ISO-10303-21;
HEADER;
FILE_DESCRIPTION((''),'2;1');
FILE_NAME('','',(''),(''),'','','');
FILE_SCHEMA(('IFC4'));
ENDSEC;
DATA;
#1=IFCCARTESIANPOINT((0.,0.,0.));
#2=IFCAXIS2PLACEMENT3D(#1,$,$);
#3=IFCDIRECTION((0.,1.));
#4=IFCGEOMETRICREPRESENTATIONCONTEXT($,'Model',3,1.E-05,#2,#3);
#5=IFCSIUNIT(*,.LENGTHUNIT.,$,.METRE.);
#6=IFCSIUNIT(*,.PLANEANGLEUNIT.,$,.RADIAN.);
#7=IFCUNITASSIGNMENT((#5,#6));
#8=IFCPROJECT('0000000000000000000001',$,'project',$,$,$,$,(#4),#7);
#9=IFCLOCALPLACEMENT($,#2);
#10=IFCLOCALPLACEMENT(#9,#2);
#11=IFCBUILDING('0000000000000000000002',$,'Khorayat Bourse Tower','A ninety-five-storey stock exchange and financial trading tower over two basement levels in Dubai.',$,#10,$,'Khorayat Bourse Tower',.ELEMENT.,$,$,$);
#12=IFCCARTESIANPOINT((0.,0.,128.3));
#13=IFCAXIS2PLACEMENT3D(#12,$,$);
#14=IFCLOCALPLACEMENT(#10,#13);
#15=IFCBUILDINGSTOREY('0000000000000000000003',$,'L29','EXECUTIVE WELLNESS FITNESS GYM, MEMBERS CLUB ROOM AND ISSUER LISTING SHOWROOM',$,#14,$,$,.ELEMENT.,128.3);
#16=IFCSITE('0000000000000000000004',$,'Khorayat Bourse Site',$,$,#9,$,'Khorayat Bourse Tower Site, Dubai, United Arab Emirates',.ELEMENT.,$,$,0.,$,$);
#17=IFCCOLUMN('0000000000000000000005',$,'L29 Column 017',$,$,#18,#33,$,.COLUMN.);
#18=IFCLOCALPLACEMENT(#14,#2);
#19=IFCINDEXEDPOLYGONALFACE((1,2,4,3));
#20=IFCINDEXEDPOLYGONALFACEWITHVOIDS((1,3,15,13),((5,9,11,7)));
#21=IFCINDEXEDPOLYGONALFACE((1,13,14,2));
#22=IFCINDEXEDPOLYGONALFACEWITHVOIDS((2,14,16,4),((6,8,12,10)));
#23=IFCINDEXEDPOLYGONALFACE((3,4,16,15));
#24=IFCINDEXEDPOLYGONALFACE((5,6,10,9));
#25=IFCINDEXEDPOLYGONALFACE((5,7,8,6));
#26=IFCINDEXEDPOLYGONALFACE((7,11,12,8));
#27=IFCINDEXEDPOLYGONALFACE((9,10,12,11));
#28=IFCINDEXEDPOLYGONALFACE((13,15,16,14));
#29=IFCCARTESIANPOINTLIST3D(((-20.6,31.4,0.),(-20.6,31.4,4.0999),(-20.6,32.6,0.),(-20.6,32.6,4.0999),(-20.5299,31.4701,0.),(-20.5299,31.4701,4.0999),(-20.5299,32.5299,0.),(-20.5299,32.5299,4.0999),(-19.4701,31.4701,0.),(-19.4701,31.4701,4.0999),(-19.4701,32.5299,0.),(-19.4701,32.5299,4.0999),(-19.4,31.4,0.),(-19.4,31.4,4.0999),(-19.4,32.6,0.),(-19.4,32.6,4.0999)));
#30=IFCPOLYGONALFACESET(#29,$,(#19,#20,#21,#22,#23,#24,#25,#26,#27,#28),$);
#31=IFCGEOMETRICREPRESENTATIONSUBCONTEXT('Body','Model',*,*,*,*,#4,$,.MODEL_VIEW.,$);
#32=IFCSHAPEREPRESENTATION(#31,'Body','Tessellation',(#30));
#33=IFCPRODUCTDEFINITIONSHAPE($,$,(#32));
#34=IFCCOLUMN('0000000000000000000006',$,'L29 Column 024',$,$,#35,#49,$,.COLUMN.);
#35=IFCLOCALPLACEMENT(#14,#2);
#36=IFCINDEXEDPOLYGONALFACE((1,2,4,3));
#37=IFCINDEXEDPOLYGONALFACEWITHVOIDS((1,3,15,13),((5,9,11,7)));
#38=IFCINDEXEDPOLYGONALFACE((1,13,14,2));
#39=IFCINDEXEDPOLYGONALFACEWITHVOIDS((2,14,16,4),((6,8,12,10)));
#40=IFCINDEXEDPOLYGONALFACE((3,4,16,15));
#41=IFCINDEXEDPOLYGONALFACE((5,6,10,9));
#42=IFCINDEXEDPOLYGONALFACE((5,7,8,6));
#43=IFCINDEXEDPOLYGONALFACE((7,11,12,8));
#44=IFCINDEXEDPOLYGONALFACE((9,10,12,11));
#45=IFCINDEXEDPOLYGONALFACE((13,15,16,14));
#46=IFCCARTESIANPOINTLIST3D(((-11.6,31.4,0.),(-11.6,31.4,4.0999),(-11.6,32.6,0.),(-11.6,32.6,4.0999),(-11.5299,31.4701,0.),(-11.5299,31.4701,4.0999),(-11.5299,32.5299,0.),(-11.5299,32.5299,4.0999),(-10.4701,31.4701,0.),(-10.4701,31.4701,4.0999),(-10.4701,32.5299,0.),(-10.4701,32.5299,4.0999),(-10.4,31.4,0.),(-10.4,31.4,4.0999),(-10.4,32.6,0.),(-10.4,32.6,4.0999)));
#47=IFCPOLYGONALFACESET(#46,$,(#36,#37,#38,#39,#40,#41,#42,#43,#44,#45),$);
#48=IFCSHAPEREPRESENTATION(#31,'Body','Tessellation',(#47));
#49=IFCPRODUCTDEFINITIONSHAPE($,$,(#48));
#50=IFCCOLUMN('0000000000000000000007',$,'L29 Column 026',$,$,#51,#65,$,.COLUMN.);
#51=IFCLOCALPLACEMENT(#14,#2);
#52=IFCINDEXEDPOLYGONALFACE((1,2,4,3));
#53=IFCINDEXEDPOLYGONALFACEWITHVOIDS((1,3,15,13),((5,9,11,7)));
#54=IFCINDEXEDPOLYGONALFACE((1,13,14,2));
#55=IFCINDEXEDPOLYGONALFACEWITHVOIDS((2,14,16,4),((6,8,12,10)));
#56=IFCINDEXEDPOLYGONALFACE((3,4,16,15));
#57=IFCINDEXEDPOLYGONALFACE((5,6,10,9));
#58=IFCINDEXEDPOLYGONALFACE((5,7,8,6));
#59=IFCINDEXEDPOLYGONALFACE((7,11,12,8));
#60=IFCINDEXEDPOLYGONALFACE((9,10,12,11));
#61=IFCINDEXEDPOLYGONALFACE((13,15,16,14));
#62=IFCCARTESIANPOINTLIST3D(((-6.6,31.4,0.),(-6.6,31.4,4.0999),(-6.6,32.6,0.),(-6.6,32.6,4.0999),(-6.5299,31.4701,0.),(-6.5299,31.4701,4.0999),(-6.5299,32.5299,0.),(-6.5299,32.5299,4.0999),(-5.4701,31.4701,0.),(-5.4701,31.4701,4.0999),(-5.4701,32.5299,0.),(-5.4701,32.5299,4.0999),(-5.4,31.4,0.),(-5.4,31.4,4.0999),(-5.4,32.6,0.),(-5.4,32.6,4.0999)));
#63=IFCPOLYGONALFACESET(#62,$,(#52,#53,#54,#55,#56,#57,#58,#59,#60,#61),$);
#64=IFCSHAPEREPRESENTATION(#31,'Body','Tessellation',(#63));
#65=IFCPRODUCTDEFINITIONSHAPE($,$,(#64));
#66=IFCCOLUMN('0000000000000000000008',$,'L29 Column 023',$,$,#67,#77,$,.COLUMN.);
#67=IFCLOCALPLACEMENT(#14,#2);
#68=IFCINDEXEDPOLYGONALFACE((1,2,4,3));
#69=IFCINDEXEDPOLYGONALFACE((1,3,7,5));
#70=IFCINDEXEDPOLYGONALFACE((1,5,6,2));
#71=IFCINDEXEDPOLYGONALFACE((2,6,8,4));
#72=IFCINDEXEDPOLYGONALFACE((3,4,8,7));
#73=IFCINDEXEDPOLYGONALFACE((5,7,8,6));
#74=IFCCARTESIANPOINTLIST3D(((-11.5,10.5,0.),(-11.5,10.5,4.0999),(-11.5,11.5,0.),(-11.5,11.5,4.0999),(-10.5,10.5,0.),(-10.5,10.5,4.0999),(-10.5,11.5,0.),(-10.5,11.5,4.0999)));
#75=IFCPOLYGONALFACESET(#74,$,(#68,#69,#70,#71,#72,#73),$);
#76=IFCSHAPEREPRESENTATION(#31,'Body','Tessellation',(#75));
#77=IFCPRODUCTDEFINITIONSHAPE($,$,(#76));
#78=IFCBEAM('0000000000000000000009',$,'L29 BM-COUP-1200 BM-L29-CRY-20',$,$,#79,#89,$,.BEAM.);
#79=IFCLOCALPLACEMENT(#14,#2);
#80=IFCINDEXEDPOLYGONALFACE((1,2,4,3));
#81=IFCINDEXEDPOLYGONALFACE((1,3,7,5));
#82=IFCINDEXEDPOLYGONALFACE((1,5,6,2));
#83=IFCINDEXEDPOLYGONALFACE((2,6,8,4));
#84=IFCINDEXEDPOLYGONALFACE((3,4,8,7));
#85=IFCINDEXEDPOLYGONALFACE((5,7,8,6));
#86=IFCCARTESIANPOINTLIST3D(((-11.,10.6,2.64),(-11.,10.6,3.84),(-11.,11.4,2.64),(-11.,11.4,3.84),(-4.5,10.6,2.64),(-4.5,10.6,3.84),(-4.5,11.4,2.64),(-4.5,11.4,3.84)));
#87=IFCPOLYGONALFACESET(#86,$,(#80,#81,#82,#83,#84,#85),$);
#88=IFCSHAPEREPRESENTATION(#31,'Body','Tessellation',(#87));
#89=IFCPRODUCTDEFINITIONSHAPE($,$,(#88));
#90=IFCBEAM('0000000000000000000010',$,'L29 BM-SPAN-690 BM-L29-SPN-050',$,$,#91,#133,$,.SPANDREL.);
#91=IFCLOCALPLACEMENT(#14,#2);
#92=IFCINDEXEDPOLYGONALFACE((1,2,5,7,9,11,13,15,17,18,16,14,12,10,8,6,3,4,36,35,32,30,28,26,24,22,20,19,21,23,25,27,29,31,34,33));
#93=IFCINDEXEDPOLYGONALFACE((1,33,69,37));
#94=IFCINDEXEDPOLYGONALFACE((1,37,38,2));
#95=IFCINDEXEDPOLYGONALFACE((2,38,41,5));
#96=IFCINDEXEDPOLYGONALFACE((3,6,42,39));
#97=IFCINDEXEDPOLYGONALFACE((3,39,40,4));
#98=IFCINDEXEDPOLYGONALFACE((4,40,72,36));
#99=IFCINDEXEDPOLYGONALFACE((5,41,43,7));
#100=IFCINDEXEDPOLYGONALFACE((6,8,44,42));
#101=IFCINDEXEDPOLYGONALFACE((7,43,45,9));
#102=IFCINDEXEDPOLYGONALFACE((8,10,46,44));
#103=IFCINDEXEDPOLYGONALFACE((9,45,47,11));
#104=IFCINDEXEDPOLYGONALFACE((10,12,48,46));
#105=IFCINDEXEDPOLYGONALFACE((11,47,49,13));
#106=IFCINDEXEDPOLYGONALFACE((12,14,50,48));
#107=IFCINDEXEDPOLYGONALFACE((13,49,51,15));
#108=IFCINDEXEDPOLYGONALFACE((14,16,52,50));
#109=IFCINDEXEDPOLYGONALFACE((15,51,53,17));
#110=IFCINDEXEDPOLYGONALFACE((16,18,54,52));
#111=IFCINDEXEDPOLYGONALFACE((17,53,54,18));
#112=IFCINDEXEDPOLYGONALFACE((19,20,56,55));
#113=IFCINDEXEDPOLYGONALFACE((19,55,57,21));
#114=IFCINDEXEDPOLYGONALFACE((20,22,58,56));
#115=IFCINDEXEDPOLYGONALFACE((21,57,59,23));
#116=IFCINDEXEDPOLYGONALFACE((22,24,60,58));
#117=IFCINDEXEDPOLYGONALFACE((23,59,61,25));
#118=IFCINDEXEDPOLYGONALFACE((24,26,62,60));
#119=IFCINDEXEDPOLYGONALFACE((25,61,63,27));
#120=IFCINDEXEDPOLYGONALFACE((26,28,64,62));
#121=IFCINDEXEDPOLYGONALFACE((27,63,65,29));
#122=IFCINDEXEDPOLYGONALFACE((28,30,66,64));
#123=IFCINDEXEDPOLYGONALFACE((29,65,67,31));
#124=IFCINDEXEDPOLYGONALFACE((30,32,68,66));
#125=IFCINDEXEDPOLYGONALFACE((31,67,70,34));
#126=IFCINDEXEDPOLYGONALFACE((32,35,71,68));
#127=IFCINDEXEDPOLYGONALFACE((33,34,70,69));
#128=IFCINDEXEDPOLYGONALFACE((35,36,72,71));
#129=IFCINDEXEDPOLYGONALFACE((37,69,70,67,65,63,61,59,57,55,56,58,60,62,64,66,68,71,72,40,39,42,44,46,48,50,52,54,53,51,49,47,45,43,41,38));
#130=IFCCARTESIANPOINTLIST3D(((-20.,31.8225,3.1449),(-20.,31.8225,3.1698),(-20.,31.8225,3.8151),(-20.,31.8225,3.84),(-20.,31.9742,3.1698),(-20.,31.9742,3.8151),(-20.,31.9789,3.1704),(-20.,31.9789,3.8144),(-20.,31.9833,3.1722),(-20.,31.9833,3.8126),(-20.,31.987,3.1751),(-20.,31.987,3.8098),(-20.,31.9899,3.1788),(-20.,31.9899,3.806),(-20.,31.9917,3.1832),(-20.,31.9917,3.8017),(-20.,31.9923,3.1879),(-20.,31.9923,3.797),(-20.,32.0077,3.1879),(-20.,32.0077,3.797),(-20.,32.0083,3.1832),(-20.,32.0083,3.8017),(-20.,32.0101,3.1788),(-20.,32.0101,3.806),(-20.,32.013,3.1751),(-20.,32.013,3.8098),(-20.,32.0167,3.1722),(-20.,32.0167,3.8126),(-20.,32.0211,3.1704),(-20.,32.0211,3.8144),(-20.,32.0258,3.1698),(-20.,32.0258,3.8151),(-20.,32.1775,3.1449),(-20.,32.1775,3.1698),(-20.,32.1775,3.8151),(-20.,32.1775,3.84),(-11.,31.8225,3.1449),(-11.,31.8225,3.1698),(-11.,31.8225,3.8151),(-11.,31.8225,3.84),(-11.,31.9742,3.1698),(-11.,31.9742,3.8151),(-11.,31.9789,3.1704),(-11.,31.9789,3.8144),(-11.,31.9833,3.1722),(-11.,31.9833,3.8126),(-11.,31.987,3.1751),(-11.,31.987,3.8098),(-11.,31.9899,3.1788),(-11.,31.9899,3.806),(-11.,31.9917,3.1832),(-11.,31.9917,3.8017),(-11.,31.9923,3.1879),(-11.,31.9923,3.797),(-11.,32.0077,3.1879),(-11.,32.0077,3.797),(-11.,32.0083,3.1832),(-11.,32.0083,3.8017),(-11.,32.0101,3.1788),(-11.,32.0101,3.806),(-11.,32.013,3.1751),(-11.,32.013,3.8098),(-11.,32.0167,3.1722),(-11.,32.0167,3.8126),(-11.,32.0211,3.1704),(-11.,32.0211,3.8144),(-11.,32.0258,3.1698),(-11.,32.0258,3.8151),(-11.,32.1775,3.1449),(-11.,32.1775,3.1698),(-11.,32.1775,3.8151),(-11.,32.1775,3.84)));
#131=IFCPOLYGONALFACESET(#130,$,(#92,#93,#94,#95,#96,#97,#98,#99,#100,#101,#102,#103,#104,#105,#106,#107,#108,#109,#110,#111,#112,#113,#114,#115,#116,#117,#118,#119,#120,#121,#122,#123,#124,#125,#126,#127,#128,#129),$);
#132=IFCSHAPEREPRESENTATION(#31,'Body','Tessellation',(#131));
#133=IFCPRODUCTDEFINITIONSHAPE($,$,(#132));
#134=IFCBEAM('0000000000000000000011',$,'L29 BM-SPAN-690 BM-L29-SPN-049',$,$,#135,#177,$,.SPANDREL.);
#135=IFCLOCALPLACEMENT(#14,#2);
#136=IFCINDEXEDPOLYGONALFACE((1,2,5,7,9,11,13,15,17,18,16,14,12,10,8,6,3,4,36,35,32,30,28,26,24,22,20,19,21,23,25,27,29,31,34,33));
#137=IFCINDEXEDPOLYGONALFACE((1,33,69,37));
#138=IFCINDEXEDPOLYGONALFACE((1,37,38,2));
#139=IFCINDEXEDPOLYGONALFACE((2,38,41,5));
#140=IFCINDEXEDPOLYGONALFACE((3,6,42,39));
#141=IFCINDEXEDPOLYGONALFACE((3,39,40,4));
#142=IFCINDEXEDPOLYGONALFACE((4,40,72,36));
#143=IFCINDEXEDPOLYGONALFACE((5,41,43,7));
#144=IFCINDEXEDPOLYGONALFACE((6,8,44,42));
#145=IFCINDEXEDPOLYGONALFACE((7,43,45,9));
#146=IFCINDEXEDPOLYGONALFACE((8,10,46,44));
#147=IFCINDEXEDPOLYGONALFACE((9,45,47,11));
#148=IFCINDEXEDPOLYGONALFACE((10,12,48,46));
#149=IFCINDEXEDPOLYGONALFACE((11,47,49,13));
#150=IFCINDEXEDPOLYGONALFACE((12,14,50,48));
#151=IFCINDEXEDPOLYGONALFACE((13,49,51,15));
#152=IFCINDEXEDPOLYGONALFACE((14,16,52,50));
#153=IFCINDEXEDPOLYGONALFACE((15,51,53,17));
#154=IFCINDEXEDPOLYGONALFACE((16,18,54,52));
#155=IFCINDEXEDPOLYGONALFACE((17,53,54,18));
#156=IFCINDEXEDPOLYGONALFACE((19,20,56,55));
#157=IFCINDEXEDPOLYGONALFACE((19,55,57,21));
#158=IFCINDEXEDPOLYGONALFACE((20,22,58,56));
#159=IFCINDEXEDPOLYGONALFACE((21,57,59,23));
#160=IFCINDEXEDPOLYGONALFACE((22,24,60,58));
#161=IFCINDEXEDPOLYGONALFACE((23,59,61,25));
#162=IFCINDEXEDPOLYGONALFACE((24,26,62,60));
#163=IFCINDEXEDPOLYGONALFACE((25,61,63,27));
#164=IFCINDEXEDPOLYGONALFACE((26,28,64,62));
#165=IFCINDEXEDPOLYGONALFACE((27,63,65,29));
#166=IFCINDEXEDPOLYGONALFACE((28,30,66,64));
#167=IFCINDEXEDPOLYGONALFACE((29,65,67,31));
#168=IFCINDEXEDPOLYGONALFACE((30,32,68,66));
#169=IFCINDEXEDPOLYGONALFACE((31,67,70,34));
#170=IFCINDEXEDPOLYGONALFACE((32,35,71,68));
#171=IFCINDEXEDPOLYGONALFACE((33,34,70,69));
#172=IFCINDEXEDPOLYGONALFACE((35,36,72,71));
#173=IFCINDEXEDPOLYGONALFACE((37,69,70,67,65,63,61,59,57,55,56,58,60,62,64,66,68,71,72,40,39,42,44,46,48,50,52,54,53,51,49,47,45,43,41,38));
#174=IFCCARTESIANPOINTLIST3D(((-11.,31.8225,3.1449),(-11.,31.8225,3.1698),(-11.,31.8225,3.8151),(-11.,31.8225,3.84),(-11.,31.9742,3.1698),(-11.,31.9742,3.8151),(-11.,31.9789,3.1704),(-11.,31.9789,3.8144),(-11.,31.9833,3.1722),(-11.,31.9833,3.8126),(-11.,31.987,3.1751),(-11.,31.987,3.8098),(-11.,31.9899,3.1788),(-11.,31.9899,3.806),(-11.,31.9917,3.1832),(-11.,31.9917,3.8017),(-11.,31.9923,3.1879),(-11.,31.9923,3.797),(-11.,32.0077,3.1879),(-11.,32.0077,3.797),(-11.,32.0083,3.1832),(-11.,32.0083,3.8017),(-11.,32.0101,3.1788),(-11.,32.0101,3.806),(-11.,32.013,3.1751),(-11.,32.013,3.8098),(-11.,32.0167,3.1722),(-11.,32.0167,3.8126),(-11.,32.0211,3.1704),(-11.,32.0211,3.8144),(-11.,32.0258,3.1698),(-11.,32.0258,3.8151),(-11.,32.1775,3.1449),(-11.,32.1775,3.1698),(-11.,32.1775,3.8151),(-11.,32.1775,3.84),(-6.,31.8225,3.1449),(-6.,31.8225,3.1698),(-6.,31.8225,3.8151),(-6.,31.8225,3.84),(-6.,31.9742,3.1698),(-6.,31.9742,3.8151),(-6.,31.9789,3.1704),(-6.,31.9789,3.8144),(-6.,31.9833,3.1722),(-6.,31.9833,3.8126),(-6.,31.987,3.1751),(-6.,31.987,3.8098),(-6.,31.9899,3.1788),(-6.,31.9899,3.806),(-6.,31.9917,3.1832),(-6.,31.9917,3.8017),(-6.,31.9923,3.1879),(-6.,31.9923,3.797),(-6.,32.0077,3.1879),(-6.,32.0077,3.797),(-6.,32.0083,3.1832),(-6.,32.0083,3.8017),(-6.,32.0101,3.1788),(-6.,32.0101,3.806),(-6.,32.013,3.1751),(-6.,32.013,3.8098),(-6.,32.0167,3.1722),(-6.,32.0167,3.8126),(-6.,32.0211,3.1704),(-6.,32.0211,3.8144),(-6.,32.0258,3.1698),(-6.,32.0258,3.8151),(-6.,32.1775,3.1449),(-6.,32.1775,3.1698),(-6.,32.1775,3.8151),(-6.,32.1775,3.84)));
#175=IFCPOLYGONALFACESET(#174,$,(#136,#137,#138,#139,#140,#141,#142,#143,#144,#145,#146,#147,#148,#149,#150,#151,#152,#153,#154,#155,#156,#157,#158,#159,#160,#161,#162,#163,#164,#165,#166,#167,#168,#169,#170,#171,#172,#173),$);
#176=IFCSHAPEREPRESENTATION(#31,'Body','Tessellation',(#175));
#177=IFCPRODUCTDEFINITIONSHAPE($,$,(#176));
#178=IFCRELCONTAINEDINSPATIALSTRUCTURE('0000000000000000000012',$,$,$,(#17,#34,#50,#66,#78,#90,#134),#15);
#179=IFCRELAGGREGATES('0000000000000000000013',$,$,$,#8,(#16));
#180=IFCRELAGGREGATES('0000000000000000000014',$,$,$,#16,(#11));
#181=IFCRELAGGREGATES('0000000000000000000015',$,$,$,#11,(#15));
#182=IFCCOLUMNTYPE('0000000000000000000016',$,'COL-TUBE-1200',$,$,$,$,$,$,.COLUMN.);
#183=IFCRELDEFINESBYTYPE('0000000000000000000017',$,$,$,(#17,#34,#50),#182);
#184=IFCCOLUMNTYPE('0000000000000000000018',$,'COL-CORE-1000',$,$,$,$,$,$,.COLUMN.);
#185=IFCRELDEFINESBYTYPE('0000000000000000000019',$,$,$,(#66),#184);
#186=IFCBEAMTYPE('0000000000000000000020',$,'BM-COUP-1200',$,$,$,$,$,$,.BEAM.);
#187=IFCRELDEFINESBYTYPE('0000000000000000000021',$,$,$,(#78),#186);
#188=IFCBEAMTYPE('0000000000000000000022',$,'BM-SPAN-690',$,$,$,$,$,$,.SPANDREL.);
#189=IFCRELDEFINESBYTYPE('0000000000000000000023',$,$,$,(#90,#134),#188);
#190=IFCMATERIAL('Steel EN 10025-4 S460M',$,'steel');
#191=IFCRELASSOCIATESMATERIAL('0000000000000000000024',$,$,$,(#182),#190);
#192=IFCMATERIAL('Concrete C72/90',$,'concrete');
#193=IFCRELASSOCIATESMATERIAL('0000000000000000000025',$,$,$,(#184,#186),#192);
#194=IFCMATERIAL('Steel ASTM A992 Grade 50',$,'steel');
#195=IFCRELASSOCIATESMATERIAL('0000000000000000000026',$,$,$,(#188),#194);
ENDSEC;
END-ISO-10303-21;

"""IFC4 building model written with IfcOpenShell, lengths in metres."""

from ifc_helpers import new_model, si_unit, direction, frame, origin, origin_2d, place, context, subcontext, project, spatial, rectangle, hollow_rectangle, i_section, extrude, source, transform, mapped, material, material_profile, profile_set, type_object, element, save


model = new_model("IFC4")

# Units and contexts
model_context = context("Model", 3, precision=1e-05, world=origin(), true_north=direction((0.0, 1.0)))
body_context = subcontext(model_context, "Body", "Model", "MODEL_VIEW")
ifc_project = project(units=[si_unit("LENGTHUNIT", "METRE"), si_unit("PLANEANGLEUNIT", "RADIAN")], contexts=[model_context])

# Site, building, storey
site_placement = place(None, origin())
site = spatial("IfcSite", under=ifc_project, at=site_placement, Name="Khorayat Bourse Site", LongName="Khorayat Bourse Tower Site, Dubai, United Arab Emirates", CompositionType="ELEMENT", RefElevation=0.0)
building_placement = place(site_placement, origin())
building = spatial("IfcBuilding", under=site, at=building_placement, Name="Khorayat Bourse Tower", Description="A ninety-five-storey stock exchange and financial trading tower over two basement levels in Dubai.", LongName="Khorayat Bourse Tower", CompositionType="ELEMENT")
storey_placement = place(building_placement, frame((0.0, 0.0, 128.3)))
storey = spatial("IfcBuildingStorey", under=building, at=storey_placement, Name="L29", Description="EXECUTIVE WELLNESS FITNESS GYM, MEMBERS CLUB ROOM AND ISSUER LISTING SHOWROOM", CompositionType="ELEMENT", Elevation=128.3)

# Columns
ifc_material_1 = material(Name="Steel EN 10025-4 S460M", Category="steel")
ifc_material_profile_1 = material_profile(ifc_material_1, hollow_rectangle(XDim=1.2, YDim=1.2, WallThickness=0.0701, at=origin_2d()), Name="BOX 1200x1200x70")
ifc_profile_set_1 = profile_set([ifc_material_profile_1], Name="Steel EN 10025-4 S460M")
column_type_1 = type_object("IfcColumnType", Name="COL-TUBE-1200", PredefinedType="COLUMN", material=ifc_profile_set_1)
shared_shape_1 = source(origin(), body_context, "Body", "SweptSolid", [
    extrude(hollow_rectangle(XDim=1.2, YDim=1.2, WallThickness=0.0701, at=origin_2d()), origin(), (0.0, 0.0, 1.0), 4.0999),
])
for number, where, z_axis, x_axis, name in (
    (1, (-20.0, 32.0, 0.0), (0.0, 0.0, 1.0), (1.0, 0.0, 0.0), "L29 Column 017"),
    (2, (-11.0, 32.0, 0.0), (0.0, 0.0, 1.0), (1.0, 0.0, 0.0), "L29 Column 024"),
    (3, (-6.0, 32.0, 0.0), (0.0, 0.0, 1.0), (1.0, 0.0, 0.0), "L29 Column 026"),
):
    element("IfcColumn", number, at=place(storey_placement, frame(where, z_axis=z_axis, x_axis=x_axis)), inside=storey, type_object=column_type_1, Name=name, PredefinedType="COLUMN", context=body_context, shape_type="MappedRepresentation", body=[
        mapped(shared_shape_1, transform((0.0, 0.0, 0.0), scale=1.0)),
    ])
ifc_material_2 = material(Name="Concrete C72/90", Category="concrete")
ifc_material_profile_2 = material_profile(ifc_material_2, rectangle(XDim=1.0, YDim=1.0, at=origin_2d()), Name="RC 1000x1000")
ifc_profile_set_2 = profile_set([ifc_material_profile_2], Name="Concrete C72/90")
column_type_2 = type_object("IfcColumnType", Name="COL-CORE-1000", PredefinedType="COLUMN", material=ifc_profile_set_2)
shared_shape_2 = source(origin(), body_context, "Body", "SweptSolid", [
    extrude(rectangle(XDim=1.0, YDim=1.0, at=origin_2d()), origin(), (0.0, 0.0, 1.0), 4.0999),
])
column_placement = place(storey_placement, frame((-11.0, 11.0, 0.0), z_axis=(0.0, 0.0, 1.0), x_axis=(1.0, 0.0, 0.0)))
element("IfcColumn", 4, at=column_placement, inside=storey, type_object=column_type_2, Name="L29 Column 023", PredefinedType="COLUMN", context=body_context, shape_type="MappedRepresentation", body=[
    mapped(shared_shape_2, transform((0.0, 0.0, 0.0), scale=1.0)),
])

# Beams
ifc_material_profile_3 = material_profile(ifc_material_2, rectangle(XDim=0.8, YDim=1.2, at=origin_2d()), Name="RC 800x1200")
ifc_profile_set_3 = profile_set([ifc_material_profile_3], Name="Concrete C72/90")
beam_type_1 = type_object("IfcBeamType", Name="BM-COUP-1200", PredefinedType="BEAM", material=ifc_profile_set_3)
shared_shape_3 = source(origin(), body_context, "Body", "SweptSolid", [
    extrude(rectangle(XDim=0.8, YDim=1.2, at=origin_2d()), origin(), (0.0, 0.0, 1.0), 6.5),
])
beam_1_placement = place(storey_placement, frame((-11.0, 11.0, 3.24), z_axis=(1.0, 0.0, 0.0), x_axis=(0.0, 1.0, 0.0)))
element("IfcBeam", 5, at=beam_1_placement, inside=storey, type_object=beam_type_1, Name="L29 BM-COUP-1200 BM-L29-CRY-20", PredefinedType="BEAM", context=body_context, shape_type="MappedRepresentation", body=[
    mapped(shared_shape_3, transform((0.0, 0.0, 0.0), scale=1.0)),
])
ifc_material_3 = material(Name="Steel ASTM A992 Grade 50", Category="steel")
ifc_material_profile_4 = material_profile(ifc_material_3, i_section(OverallWidth=0.355, OverallDepth=0.6951, WebThickness=0.0154, FlangeThickness=0.0249, FilletRadius=0.0181, at=origin_2d()), Name="W690X217")
ifc_profile_set_4 = profile_set([ifc_material_profile_4], Name="Steel ASTM A992 Grade 50")
beam_type_2 = type_object("IfcBeamType", Name="BM-SPAN-690", PredefinedType="SPANDREL", material=ifc_profile_set_4)
shared_shape_4 = source(origin(), body_context, "Body", "SweptSolid", [
    extrude(i_section(OverallWidth=0.355, OverallDepth=0.6951, WebThickness=0.0154, FlangeThickness=0.0249, FilletRadius=0.0181, at=origin_2d()), origin(), (0.0, 0.0, 1.0), 9.0),
])
beam_2_placement = place(storey_placement, frame((-20.0, 32.0, 3.4924), z_axis=(1.0, 0.0, 0.0), x_axis=(0.0, 1.0, 0.0)))
element("IfcBeam", 6, at=beam_2_placement, inside=storey, type_object=beam_type_2, Name="L29 BM-SPAN-690 BM-L29-SPN-050", PredefinedType="SPANDREL", context=body_context, shape_type="MappedRepresentation", body=[
    mapped(shared_shape_4, transform((0.0, 0.0, 0.0), scale=1.0)),
])
shared_shape_5 = source(origin(), body_context, "Body", "SweptSolid", [
    extrude(i_section(OverallWidth=0.355, OverallDepth=0.6951, WebThickness=0.0154, FlangeThickness=0.0249, FilletRadius=0.0181, at=origin_2d()), origin(), (0.0, 0.0, 1.0), 5.0),
])
beam_3_placement = place(storey_placement, frame((-11.0, 32.0, 3.4924), z_axis=(1.0, 0.0, 0.0), x_axis=(0.0, 1.0, 0.0)))
element("IfcBeam", 7, at=beam_3_placement, inside=storey, type_object=beam_type_2, Name="L29 BM-SPAN-690 BM-L29-SPN-049", PredefinedType="SPANDREL", context=body_context, shape_type="MappedRepresentation", body=[
    mapped(shared_shape_5, transform((0.0, 0.0, 0.0), scale=1.0)),
])

save(model, "model.ifc")
